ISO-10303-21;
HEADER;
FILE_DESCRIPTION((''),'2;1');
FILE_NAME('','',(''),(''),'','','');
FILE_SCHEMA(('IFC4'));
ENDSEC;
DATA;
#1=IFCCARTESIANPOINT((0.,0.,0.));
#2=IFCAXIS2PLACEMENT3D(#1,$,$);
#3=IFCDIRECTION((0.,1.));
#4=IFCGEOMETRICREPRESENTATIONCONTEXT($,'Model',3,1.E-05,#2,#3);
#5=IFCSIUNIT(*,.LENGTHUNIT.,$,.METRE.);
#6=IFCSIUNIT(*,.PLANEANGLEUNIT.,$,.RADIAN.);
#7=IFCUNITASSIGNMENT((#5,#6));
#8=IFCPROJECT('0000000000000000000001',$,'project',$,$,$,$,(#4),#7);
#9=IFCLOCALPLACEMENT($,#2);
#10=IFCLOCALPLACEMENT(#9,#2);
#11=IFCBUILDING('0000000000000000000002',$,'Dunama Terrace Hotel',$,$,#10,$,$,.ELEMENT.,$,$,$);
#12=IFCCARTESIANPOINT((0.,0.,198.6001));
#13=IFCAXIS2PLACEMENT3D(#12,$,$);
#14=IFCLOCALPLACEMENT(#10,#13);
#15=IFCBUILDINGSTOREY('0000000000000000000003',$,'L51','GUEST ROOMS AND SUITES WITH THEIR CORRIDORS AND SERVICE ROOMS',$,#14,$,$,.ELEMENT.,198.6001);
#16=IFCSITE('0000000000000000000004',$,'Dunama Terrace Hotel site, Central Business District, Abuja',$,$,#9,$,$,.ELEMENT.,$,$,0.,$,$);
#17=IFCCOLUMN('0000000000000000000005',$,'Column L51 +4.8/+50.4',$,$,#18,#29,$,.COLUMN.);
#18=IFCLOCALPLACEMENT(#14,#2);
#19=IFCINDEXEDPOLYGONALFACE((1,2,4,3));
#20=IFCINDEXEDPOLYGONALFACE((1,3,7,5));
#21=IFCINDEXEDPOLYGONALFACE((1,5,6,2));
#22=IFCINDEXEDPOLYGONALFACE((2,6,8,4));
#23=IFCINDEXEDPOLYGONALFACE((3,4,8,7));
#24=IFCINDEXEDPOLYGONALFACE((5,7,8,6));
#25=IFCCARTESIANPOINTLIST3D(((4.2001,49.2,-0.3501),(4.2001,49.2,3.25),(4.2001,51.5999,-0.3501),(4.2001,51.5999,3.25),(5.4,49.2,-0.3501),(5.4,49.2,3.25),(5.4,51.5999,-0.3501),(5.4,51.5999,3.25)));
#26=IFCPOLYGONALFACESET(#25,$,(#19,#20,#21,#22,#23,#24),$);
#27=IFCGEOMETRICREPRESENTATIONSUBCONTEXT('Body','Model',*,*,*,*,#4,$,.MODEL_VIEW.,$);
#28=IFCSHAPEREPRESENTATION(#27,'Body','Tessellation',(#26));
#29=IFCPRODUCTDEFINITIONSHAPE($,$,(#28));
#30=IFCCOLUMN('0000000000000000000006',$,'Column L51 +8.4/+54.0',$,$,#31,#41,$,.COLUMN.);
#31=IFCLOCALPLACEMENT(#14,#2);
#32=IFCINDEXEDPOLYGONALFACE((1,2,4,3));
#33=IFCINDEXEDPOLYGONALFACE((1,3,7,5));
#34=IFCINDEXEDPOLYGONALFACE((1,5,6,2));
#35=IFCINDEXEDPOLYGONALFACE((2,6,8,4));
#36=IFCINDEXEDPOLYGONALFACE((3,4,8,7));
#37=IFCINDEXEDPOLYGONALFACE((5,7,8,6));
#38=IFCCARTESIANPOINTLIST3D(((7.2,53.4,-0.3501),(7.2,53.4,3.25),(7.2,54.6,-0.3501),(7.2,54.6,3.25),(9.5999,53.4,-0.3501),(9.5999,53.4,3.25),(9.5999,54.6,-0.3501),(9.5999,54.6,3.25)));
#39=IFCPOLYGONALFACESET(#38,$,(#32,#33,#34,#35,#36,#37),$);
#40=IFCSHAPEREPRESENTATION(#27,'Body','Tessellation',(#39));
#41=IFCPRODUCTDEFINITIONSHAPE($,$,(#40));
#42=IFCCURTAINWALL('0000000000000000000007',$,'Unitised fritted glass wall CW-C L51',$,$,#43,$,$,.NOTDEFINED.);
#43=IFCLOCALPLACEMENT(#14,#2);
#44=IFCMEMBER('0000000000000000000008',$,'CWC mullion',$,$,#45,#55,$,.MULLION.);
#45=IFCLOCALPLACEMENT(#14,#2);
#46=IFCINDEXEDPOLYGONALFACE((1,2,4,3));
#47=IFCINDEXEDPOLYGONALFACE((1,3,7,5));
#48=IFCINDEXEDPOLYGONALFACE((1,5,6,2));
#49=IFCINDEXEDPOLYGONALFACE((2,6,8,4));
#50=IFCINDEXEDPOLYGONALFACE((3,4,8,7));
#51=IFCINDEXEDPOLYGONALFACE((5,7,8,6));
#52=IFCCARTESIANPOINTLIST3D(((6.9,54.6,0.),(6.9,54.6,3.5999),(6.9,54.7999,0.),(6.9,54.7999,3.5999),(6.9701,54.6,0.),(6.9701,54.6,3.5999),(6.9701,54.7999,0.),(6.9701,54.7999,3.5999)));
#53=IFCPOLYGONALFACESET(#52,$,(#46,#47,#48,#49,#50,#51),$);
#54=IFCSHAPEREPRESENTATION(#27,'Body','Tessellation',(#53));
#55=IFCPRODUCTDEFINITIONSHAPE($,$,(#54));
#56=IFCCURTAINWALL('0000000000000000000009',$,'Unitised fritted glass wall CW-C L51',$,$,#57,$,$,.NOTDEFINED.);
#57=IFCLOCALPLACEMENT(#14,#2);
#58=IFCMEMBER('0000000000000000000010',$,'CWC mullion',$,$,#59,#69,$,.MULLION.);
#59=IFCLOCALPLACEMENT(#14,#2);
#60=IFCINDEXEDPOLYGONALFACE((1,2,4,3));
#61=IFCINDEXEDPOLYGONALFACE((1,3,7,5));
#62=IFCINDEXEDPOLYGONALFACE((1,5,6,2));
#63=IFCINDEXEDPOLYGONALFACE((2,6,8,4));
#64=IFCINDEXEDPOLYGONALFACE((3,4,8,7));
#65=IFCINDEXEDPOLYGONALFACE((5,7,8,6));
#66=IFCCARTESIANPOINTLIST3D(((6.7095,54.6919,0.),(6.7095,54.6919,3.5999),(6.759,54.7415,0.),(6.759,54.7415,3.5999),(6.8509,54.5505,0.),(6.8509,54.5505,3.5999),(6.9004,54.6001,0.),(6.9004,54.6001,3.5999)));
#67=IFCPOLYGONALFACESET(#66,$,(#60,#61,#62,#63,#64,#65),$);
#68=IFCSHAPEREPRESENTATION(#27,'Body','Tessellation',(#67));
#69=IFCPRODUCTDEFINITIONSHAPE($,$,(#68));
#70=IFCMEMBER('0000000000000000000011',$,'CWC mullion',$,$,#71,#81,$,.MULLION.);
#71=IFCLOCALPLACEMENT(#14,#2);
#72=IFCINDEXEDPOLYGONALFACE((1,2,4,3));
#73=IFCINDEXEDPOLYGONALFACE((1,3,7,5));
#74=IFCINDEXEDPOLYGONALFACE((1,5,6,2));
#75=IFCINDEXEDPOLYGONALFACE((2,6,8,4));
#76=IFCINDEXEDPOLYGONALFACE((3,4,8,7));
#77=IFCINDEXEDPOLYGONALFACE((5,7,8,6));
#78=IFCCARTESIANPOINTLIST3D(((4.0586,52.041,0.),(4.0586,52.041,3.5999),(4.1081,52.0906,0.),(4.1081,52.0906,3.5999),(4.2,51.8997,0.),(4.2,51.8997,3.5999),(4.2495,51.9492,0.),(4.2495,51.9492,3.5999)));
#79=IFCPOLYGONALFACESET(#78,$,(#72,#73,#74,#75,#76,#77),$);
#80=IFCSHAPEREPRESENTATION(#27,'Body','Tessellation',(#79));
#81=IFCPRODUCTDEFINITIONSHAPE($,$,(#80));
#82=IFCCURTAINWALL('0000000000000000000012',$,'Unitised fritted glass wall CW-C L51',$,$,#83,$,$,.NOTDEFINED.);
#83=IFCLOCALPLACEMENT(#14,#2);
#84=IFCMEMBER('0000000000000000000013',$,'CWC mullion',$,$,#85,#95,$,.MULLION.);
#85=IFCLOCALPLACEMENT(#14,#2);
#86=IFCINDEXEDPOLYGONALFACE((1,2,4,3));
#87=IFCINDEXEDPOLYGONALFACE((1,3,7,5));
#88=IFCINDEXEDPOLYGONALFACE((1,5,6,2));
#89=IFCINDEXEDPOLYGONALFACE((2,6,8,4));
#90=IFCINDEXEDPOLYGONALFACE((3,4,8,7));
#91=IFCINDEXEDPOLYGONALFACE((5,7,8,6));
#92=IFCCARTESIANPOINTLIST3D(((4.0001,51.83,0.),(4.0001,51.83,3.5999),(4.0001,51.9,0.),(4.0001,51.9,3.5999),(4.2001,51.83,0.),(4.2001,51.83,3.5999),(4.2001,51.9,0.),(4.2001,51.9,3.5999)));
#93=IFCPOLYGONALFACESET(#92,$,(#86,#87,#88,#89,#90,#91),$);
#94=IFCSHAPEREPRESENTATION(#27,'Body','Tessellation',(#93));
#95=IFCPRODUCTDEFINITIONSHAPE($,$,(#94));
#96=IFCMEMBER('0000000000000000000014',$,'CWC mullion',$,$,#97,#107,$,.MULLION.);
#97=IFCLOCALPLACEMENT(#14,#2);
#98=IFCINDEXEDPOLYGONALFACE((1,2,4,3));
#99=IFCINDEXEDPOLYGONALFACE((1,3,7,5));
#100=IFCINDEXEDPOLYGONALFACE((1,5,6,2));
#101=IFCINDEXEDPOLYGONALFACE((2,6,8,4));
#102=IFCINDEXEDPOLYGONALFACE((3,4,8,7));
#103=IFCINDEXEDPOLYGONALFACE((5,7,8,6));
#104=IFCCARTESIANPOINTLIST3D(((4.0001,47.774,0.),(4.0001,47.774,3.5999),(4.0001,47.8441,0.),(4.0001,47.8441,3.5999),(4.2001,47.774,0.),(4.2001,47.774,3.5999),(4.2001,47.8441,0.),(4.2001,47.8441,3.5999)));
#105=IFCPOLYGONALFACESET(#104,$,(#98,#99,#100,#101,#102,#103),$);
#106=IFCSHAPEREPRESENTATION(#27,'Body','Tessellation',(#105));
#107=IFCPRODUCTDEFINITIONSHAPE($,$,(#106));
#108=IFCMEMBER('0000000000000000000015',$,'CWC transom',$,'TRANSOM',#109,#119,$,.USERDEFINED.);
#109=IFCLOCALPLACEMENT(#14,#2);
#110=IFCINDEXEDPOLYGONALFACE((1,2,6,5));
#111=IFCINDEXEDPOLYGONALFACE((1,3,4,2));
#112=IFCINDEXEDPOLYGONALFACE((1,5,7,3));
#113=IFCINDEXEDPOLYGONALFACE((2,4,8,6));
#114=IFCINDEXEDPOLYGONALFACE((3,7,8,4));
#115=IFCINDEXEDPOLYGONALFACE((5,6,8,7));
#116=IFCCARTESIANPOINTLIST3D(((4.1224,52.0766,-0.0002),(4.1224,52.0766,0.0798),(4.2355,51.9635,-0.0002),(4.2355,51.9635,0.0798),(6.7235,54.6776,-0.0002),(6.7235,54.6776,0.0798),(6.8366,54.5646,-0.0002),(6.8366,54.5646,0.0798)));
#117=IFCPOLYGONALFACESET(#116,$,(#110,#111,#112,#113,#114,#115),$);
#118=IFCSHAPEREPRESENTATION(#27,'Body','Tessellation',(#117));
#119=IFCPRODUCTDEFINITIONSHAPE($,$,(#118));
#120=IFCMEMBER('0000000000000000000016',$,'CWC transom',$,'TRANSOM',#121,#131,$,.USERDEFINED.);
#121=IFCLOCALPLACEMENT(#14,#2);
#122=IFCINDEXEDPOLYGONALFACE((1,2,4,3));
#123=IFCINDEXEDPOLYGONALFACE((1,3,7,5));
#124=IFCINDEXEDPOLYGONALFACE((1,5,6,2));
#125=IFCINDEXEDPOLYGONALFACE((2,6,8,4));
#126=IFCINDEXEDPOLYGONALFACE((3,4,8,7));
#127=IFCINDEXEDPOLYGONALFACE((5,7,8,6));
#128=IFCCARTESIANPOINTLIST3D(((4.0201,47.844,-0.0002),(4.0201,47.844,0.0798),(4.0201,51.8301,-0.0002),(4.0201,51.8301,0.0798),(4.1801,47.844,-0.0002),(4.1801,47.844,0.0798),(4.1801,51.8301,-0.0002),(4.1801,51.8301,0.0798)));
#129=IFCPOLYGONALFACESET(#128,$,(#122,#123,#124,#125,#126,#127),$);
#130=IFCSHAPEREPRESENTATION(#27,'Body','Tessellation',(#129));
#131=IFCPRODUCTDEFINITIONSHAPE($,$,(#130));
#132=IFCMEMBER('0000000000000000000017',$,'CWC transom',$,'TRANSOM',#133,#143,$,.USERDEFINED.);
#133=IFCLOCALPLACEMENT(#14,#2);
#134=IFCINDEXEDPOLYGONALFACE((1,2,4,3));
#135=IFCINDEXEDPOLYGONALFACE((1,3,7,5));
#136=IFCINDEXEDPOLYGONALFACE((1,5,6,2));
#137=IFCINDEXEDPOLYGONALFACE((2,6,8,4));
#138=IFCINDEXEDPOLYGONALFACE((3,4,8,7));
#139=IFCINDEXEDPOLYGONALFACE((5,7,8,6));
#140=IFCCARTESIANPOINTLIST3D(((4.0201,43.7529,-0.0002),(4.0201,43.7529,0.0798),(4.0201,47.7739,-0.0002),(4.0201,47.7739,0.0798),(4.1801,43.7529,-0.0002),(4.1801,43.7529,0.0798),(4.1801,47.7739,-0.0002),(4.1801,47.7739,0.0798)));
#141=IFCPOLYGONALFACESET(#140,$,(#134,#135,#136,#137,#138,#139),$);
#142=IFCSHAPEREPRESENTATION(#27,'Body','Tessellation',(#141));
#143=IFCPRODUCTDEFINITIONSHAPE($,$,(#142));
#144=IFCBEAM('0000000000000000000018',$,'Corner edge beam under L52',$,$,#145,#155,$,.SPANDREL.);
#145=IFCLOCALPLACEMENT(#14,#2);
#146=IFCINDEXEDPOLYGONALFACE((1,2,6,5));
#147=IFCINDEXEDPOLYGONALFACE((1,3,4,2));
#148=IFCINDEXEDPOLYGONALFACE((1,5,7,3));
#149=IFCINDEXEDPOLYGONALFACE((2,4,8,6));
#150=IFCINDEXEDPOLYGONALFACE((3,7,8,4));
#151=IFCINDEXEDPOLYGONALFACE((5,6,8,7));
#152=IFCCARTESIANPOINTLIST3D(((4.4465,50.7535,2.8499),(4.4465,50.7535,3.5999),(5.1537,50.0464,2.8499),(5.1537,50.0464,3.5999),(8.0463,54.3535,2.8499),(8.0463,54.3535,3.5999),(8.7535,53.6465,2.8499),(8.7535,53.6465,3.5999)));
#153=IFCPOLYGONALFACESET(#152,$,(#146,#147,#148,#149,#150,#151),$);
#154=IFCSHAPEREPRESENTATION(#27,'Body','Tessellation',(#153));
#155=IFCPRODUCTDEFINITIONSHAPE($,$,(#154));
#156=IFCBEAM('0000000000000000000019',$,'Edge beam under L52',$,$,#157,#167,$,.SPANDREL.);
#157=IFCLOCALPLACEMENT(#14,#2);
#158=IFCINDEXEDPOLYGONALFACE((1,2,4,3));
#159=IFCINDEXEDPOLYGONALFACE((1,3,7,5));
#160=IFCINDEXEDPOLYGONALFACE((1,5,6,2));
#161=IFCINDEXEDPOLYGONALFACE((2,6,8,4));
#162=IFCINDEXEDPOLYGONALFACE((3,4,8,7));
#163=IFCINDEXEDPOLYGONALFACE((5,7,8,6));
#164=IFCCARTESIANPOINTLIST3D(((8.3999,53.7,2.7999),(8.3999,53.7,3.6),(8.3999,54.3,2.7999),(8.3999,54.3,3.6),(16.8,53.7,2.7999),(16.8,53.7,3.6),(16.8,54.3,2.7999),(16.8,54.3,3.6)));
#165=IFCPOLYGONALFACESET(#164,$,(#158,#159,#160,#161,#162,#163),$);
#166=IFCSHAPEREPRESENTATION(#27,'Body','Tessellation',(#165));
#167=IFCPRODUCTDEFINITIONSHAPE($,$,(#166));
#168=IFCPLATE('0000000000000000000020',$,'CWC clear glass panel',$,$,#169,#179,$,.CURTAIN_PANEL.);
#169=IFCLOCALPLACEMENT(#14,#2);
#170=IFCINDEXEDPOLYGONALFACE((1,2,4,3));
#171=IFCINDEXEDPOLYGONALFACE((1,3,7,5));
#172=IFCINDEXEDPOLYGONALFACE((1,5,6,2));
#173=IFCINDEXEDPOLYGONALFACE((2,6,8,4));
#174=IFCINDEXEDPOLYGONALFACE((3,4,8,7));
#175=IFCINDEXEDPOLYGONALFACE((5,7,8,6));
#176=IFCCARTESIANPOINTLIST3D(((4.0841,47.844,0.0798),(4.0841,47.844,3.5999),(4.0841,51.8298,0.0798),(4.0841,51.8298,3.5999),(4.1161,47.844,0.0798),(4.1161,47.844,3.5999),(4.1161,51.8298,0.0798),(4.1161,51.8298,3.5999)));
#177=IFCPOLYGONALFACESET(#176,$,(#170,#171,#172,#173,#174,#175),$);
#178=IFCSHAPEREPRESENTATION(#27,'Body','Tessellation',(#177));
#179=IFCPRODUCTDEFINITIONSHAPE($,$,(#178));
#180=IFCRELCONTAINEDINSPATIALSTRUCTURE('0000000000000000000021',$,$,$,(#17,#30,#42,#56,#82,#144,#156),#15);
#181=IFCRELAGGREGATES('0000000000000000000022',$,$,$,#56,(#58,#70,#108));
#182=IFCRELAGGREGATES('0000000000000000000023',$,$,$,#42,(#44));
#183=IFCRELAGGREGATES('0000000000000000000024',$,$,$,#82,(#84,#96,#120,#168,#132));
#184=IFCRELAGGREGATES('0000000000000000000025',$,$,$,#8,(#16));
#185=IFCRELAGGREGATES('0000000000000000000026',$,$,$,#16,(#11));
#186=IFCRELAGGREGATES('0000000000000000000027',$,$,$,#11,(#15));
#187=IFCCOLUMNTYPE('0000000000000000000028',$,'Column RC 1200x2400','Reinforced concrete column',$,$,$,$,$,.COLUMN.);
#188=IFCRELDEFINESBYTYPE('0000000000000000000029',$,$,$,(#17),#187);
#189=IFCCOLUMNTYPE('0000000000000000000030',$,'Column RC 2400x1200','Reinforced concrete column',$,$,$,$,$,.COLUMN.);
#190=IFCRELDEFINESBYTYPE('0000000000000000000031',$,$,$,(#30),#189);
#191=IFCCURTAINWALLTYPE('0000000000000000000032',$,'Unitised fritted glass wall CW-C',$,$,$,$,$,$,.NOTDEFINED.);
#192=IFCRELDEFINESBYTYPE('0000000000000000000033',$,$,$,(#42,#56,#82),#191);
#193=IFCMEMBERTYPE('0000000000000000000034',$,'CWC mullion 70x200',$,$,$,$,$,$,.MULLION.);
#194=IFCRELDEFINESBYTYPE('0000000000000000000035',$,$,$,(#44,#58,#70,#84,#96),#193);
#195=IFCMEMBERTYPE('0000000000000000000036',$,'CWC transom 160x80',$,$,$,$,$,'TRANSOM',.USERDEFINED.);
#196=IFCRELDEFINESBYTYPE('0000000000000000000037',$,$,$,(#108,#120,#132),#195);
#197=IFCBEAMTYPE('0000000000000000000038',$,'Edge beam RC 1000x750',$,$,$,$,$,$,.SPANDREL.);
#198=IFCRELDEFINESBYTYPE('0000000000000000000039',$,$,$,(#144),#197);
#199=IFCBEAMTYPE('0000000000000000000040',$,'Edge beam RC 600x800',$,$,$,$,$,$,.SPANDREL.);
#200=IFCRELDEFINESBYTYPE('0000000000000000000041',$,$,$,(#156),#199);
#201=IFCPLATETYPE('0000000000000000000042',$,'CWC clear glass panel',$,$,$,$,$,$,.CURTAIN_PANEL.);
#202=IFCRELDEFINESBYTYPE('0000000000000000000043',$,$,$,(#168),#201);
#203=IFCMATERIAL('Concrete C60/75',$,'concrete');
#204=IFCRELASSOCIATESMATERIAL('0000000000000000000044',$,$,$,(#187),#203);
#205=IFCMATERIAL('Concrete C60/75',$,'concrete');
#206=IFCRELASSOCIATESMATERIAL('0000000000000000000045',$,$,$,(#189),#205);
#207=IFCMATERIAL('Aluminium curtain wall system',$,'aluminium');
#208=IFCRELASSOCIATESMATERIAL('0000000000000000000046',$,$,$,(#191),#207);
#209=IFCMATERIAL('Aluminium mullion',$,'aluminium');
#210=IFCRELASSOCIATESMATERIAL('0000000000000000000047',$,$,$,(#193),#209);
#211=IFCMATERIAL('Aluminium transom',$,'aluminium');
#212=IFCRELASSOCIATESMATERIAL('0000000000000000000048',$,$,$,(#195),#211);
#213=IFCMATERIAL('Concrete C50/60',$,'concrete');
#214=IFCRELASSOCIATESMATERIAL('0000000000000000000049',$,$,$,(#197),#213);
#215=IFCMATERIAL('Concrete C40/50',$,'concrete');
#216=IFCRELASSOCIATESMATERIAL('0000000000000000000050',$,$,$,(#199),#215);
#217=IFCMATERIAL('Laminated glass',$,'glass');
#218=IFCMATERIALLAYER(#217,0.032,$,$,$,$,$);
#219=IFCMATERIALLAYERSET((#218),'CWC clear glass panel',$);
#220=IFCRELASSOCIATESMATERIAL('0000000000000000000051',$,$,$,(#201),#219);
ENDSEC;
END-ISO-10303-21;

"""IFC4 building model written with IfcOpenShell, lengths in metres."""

from ifc_helpers import new_model, si_unit, direction, frame, origin, origin_2d, place, context, subcontext, project, spatial, rectangle, extrude, material, layer, layer_set, material_profile, profile_set, type_object, element, aggregate, save


model = new_model("IFC4")

# Units and contexts
model_context = context("Model", 3, precision=1e-05, world=origin(), true_north=direction((0.0, 1.0)))
body_context = subcontext(model_context, "Body", "Model", "MODEL_VIEW")
ifc_project = project(units=[si_unit("LENGTHUNIT", "METRE"), si_unit("PLANEANGLEUNIT", "RADIAN")], contexts=[model_context])

# Site, building, storey
site_placement = place(None, origin())
site = spatial("IfcSite", under=ifc_project, at=site_placement, Name="Dunama Terrace Hotel site, Central Business District, Abuja", CompositionType="ELEMENT", RefElevation=0.0)
building_placement = place(site_placement, origin())
building = spatial("IfcBuilding", under=site, at=building_placement, Name="Dunama Terrace Hotel", CompositionType="ELEMENT")
storey_placement = place(building_placement, frame((0.0, 0.0, 198.6001)))
storey = spatial("IfcBuildingStorey", under=building, at=storey_placement, Name="L51", Description="GUEST ROOMS AND SUITES WITH THEIR CORRIDORS AND SERVICE ROOMS", CompositionType="ELEMENT", Elevation=198.6001)

# Columns
ifc_material_1 = material(Name="Concrete C60/75", Category="concrete")
ifc_material_profile_1 = material_profile(ifc_material_1, rectangle(XDim=1.2, YDim=2.3999, at=origin_2d()), Name="RC 1200x2400")
ifc_profile_set_1 = profile_set([ifc_material_profile_1], Name="Concrete C60/75")
column_type_1 = type_object("IfcColumnType", Name="Column RC 1200x2400", Description="Reinforced concrete column", PredefinedType="COLUMN", material=ifc_profile_set_1)
column_1_placement = place(storey_placement, frame((4.8, 50.3999, -0.3501), z_axis=(0.0, 0.0, 1.0), x_axis=(1.0, 0.0, 0.0)))
element("IfcColumn", 1, at=column_1_placement, inside=storey, type_object=column_type_1, Name="Column L51 +4.8/+50.4", PredefinedType="COLUMN", context=body_context, shape_type="SweptSolid", body=[
    extrude(rectangle(XDim=1.2, YDim=2.3999, at=origin_2d()), origin(), (0.0, 0.0, 1.0), 3.6001),
])
ifc_material_2 = material(Name="Concrete C60/75", Category="concrete")
ifc_material_profile_2 = material_profile(ifc_material_2, rectangle(XDim=2.3999, YDim=1.2, at=origin_2d()), Name="RC 2400x1200")
ifc_profile_set_2 = profile_set([ifc_material_profile_2], Name="Concrete C60/75")
column_type_2 = type_object("IfcColumnType", Name="Column RC 2400x1200", Description="Reinforced concrete column", PredefinedType="COLUMN", material=ifc_profile_set_2)
column_2_placement = place(storey_placement, frame((8.3999, 54.0, -0.3501), z_axis=(0.0, 0.0, 1.0), x_axis=(1.0, 0.0, 0.0)))
element("IfcColumn", 2, at=column_2_placement, inside=storey, type_object=column_type_2, Name="Column L51 +8.4/+54.0", PredefinedType="COLUMN", context=body_context, shape_type="SweptSolid", body=[
    extrude(rectangle(XDim=2.3999, YDim=1.2, at=origin_2d()), origin(), (0.0, 0.0, 1.0), 3.6001),
])

# Curtain wall, member
ifc_material_3 = material(Name="Aluminium curtain wall system", Category="aluminium")
curtain_wall_type = type_object("IfcCurtainWallType", Name="Unitised fritted glass wall CW-C", PredefinedType="NOTDEFINED", material=ifc_material_3)
curtain_wall_1_placement = place(storey_placement, origin())
curtain_wall_1 = element("IfcCurtainWall", 3, at=curtain_wall_1_placement, inside=storey, type_object=curtain_wall_type, Name="Unitised fritted glass wall CW-C L51", PredefinedType="NOTDEFINED")
ifc_material_4 = material(Name="Aluminium mullion", Category="aluminium")
ifc_material_profile_3 = material_profile(ifc_material_4, rectangle(XDim=0.0701, YDim=0.2, at=origin_2d()), Name="CWC MULLION 70X200")
ifc_profile_set_3 = profile_set([ifc_material_profile_3], Name="Aluminium mullion")
member_type_1 = type_object("IfcMemberType", Name="CWC mullion 70x200", PredefinedType="MULLION", material=ifc_profile_set_3)
member_1_placement = place(storey_placement, frame((6.9351, 54.7, 0.0), z_axis=(0.0, 0.0, 1.0), x_axis=(-1.0, 0.0, 0.0)))
member_1 = element("IfcMember", 4, at=member_1_placement, type_object=member_type_1, Name="CWC mullion", PredefinedType="MULLION", context=body_context, shape_type="SweptSolid", body=[
    extrude(rectangle(XDim=0.0701, YDim=0.2, at=origin_2d()), origin(), (0.0, 0.0, 1.0), 3.5999),
])

# Curtain walls, members
curtain_wall_2_placement = place(storey_placement, origin())
curtain_wall_2 = element("IfcCurtainWall", 5, at=curtain_wall_2_placement, inside=storey, type_object=curtain_wall_type, Name="Unitised fritted glass wall CW-C L51", PredefinedType="NOTDEFINED")
member_2_placement = place(storey_placement, frame((6.8049, 54.646, 0.0), z_axis=(0.0, 0.0, 1.0), x_axis=(-0.707107, -0.707107, 0.0)))
member_2 = element("IfcMember", 6, at=member_2_placement, type_object=member_type_1, Name="CWC mullion", PredefinedType="MULLION", context=body_context, shape_type="SweptSolid", body=[
    extrude(rectangle(XDim=0.0701, YDim=0.2, at=origin_2d()), origin(), (0.0, 0.0, 1.0), 3.5999),
])
member_3_placement = place(storey_placement, frame((4.1541, 51.9951, 0.0), z_axis=(0.0, 0.0, 1.0), x_axis=(-0.707107, -0.707107, 0.0)))
member_3 = element("IfcMember", 7, at=member_3_placement, type_object=member_type_1, Name="CWC mullion", PredefinedType="MULLION", context=body_context, shape_type="SweptSolid", body=[
    extrude(rectangle(XDim=0.0701, YDim=0.2, at=origin_2d()), origin(), (0.0, 0.0, 1.0), 3.5999),
])
curtain_wall_3_placement = place(storey_placement, origin())
curtain_wall_3 = element("IfcCurtainWall", 8, at=curtain_wall_3_placement, inside=storey, type_object=curtain_wall_type, Name="Unitised fritted glass wall CW-C L51", PredefinedType="NOTDEFINED")
member_4_placement = place(storey_placement, frame((4.1001, 51.865, 0.0), z_axis=(0.0, 0.0, 1.0), x_axis=(0.0, -1.0, 0.0)))
member_4 = element("IfcMember", 9, at=member_4_placement, type_object=member_type_1, Name="CWC mullion", PredefinedType="MULLION", context=body_context, shape_type="SweptSolid", body=[
    extrude(rectangle(XDim=0.0701, YDim=0.2, at=origin_2d()), origin(), (0.0, 0.0, 1.0), 3.5999),
])
member_5_placement = place(storey_placement, frame((4.1001, 47.8091, 0.0), z_axis=(0.0, 0.0, 1.0), x_axis=(0.0, -1.0, 0.0)))
member_5 = element("IfcMember", 10, at=member_5_placement, type_object=member_type_1, Name="CWC mullion", PredefinedType="MULLION", context=body_context, shape_type="SweptSolid", body=[
    extrude(rectangle(XDim=0.0701, YDim=0.2, at=origin_2d()), origin(), (0.0, 0.0, 1.0), 3.5999),
])

# Members
ifc_material_5 = material(Name="Aluminium transom", Category="aluminium")
ifc_material_profile_4 = material_profile(ifc_material_5, rectangle(XDim=0.1599, YDim=0.0801, at=origin_2d()), Name="CWC TRANSOM 160X80")
ifc_profile_set_4 = profile_set([ifc_material_profile_4], Name="Aluminium transom")
member_type_2 = type_object("IfcMemberType", Name="CWC transom 160x80", ElementType="TRANSOM", PredefinedType="USERDEFINED", material=ifc_profile_set_4)
member_6_placement = place(storey_placement, frame((6.78, 54.6211, 0.0398), z_axis=(-0.707107, -0.707107, 0.0), x_axis=(0.707107, -0.707107, 0.0)))
member_6 = element("IfcMember", 11, at=member_6_placement, type_object=member_type_2, Name="CWC transom", ObjectType="TRANSOM", PredefinedType="USERDEFINED", context=body_context, shape_type="SweptSolid", body=[
    extrude(rectangle(XDim=0.1599, YDim=0.0801, at=origin_2d()), origin(), (0.0, 0.0, 1.0), 3.6785),
])
member_7_placement = place(storey_placement, frame((4.1001, 51.8301, 0.0398), z_axis=(0.0, -1.0, 0.0), x_axis=(1.0, 0.0, 0.0)))
member_7 = element("IfcMember", 12, at=member_7_placement, type_object=member_type_2, Name="CWC transom", ObjectType="TRANSOM", PredefinedType="USERDEFINED", context=body_context, shape_type="SweptSolid", body=[
    extrude(rectangle(XDim=0.1599, YDim=0.0801, at=origin_2d()), origin(), (0.0, 0.0, 1.0), 3.9861),
])
member_8_placement = place(storey_placement, frame((4.1001, 47.7739, 0.0398), z_axis=(0.0, -1.0, 0.0), x_axis=(1.0, 0.0, 0.0)))
member_8 = element("IfcMember", 13, at=member_8_placement, type_object=member_type_2, Name="CWC transom", ObjectType="TRANSOM", PredefinedType="USERDEFINED", context=body_context, shape_type="SweptSolid", body=[
    extrude(rectangle(XDim=0.1599, YDim=0.0801, at=origin_2d()), origin(), (0.0, 0.0, 1.0), 4.021),
])

# Beams
ifc_material_6 = material(Name="Concrete C50/60", Category="concrete")
ifc_material_profile_5 = material_profile(ifc_material_6, rectangle(XDim=1.0, YDim=0.75, at=origin_2d()), Name="RC 1000x750")
ifc_profile_set_5 = profile_set([ifc_material_profile_5], Name="Concrete C50/60")
beam_type_1 = type_object("IfcBeamType", Name="Edge beam RC 1000x750", PredefinedType="SPANDREL", material=ifc_profile_set_5)
beam_1_placement = place(storey_placement, frame((8.3999, 54.0, 3.2249), z_axis=(-0.707083, -0.707131, 0.0), x_axis=(0.707131, -0.707083, 0.0)))
element("IfcBeam", 14, at=beam_1_placement, inside=storey, type_object=beam_type_1, Name="Corner edge beam under L52", PredefinedType="SPANDREL", context=body_context, shape_type="SweptSolid", body=[
    extrude(rectangle(XDim=1.0, YDim=0.75, at=origin_2d()), origin(), (0.0, 0.0, 1.0), 5.0911),
])
ifc_material_7 = material(Name="Concrete C40/50", Category="concrete")
ifc_material_profile_6 = material_profile(ifc_material_7, rectangle(XDim=0.6001, YDim=0.8, at=origin_2d()), Name="RC 600x800")
ifc_profile_set_6 = profile_set([ifc_material_profile_6], Name="Concrete C40/50")
beam_type_2 = type_object("IfcBeamType", Name="Edge beam RC 600x800", PredefinedType="SPANDREL", material=ifc_profile_set_6)
beam_2_placement = place(storey_placement, frame((8.3999, 54.0, 3.2), z_axis=(1.0, 0.0, 0.0), x_axis=(0.0, 1.0, 0.0)))
element("IfcBeam", 15, at=beam_2_placement, inside=storey, type_object=beam_type_2, Name="Edge beam under L52", PredefinedType="SPANDREL", context=body_context, shape_type="SweptSolid", body=[
    extrude(rectangle(XDim=0.6001, YDim=0.8, at=origin_2d()), origin(), (0.0, 0.0, 1.0), 8.4001),
])

# Plate
ifc_material_8 = material(Name="Laminated glass", Category="glass")
ifc_layer_1 = layer(ifc_material_8, 0.032)
ifc_layer_set_1 = layer_set([ifc_layer_1], Name="CWC clear glass panel")
plate_type_1 = type_object("IfcPlateType", Name="CWC clear glass panel", PredefinedType="CURTAIN_PANEL", material=ifc_layer_set_1)
plate_1_placement = place(storey_placement, frame((4.1001, 49.8369, 0.0798), z_axis=(0.0, 0.0, 1.0), x_axis=(0.0, -1.0, 0.0)))
plate_1 = element("IfcPlate", 16, at=plate_1_placement, type_object=plate_type_1, Name="CWC clear glass panel", PredefinedType="CURTAIN_PANEL", context=body_context, shape_type="SweptSolid", body=[
    extrude(rectangle(XDim=3.9858, YDim=0.032, at=origin_2d()), origin(), (0.0, 0.0, 1.0), 3.52),
])
aggregate(curtain_wall_2, [member_2, member_3, member_6])
aggregate(curtain_wall_1, [member_1])
aggregate(curtain_wall_3, [member_4, member_5, member_7, plate_1, member_8])

save(model, "model.ifc")
